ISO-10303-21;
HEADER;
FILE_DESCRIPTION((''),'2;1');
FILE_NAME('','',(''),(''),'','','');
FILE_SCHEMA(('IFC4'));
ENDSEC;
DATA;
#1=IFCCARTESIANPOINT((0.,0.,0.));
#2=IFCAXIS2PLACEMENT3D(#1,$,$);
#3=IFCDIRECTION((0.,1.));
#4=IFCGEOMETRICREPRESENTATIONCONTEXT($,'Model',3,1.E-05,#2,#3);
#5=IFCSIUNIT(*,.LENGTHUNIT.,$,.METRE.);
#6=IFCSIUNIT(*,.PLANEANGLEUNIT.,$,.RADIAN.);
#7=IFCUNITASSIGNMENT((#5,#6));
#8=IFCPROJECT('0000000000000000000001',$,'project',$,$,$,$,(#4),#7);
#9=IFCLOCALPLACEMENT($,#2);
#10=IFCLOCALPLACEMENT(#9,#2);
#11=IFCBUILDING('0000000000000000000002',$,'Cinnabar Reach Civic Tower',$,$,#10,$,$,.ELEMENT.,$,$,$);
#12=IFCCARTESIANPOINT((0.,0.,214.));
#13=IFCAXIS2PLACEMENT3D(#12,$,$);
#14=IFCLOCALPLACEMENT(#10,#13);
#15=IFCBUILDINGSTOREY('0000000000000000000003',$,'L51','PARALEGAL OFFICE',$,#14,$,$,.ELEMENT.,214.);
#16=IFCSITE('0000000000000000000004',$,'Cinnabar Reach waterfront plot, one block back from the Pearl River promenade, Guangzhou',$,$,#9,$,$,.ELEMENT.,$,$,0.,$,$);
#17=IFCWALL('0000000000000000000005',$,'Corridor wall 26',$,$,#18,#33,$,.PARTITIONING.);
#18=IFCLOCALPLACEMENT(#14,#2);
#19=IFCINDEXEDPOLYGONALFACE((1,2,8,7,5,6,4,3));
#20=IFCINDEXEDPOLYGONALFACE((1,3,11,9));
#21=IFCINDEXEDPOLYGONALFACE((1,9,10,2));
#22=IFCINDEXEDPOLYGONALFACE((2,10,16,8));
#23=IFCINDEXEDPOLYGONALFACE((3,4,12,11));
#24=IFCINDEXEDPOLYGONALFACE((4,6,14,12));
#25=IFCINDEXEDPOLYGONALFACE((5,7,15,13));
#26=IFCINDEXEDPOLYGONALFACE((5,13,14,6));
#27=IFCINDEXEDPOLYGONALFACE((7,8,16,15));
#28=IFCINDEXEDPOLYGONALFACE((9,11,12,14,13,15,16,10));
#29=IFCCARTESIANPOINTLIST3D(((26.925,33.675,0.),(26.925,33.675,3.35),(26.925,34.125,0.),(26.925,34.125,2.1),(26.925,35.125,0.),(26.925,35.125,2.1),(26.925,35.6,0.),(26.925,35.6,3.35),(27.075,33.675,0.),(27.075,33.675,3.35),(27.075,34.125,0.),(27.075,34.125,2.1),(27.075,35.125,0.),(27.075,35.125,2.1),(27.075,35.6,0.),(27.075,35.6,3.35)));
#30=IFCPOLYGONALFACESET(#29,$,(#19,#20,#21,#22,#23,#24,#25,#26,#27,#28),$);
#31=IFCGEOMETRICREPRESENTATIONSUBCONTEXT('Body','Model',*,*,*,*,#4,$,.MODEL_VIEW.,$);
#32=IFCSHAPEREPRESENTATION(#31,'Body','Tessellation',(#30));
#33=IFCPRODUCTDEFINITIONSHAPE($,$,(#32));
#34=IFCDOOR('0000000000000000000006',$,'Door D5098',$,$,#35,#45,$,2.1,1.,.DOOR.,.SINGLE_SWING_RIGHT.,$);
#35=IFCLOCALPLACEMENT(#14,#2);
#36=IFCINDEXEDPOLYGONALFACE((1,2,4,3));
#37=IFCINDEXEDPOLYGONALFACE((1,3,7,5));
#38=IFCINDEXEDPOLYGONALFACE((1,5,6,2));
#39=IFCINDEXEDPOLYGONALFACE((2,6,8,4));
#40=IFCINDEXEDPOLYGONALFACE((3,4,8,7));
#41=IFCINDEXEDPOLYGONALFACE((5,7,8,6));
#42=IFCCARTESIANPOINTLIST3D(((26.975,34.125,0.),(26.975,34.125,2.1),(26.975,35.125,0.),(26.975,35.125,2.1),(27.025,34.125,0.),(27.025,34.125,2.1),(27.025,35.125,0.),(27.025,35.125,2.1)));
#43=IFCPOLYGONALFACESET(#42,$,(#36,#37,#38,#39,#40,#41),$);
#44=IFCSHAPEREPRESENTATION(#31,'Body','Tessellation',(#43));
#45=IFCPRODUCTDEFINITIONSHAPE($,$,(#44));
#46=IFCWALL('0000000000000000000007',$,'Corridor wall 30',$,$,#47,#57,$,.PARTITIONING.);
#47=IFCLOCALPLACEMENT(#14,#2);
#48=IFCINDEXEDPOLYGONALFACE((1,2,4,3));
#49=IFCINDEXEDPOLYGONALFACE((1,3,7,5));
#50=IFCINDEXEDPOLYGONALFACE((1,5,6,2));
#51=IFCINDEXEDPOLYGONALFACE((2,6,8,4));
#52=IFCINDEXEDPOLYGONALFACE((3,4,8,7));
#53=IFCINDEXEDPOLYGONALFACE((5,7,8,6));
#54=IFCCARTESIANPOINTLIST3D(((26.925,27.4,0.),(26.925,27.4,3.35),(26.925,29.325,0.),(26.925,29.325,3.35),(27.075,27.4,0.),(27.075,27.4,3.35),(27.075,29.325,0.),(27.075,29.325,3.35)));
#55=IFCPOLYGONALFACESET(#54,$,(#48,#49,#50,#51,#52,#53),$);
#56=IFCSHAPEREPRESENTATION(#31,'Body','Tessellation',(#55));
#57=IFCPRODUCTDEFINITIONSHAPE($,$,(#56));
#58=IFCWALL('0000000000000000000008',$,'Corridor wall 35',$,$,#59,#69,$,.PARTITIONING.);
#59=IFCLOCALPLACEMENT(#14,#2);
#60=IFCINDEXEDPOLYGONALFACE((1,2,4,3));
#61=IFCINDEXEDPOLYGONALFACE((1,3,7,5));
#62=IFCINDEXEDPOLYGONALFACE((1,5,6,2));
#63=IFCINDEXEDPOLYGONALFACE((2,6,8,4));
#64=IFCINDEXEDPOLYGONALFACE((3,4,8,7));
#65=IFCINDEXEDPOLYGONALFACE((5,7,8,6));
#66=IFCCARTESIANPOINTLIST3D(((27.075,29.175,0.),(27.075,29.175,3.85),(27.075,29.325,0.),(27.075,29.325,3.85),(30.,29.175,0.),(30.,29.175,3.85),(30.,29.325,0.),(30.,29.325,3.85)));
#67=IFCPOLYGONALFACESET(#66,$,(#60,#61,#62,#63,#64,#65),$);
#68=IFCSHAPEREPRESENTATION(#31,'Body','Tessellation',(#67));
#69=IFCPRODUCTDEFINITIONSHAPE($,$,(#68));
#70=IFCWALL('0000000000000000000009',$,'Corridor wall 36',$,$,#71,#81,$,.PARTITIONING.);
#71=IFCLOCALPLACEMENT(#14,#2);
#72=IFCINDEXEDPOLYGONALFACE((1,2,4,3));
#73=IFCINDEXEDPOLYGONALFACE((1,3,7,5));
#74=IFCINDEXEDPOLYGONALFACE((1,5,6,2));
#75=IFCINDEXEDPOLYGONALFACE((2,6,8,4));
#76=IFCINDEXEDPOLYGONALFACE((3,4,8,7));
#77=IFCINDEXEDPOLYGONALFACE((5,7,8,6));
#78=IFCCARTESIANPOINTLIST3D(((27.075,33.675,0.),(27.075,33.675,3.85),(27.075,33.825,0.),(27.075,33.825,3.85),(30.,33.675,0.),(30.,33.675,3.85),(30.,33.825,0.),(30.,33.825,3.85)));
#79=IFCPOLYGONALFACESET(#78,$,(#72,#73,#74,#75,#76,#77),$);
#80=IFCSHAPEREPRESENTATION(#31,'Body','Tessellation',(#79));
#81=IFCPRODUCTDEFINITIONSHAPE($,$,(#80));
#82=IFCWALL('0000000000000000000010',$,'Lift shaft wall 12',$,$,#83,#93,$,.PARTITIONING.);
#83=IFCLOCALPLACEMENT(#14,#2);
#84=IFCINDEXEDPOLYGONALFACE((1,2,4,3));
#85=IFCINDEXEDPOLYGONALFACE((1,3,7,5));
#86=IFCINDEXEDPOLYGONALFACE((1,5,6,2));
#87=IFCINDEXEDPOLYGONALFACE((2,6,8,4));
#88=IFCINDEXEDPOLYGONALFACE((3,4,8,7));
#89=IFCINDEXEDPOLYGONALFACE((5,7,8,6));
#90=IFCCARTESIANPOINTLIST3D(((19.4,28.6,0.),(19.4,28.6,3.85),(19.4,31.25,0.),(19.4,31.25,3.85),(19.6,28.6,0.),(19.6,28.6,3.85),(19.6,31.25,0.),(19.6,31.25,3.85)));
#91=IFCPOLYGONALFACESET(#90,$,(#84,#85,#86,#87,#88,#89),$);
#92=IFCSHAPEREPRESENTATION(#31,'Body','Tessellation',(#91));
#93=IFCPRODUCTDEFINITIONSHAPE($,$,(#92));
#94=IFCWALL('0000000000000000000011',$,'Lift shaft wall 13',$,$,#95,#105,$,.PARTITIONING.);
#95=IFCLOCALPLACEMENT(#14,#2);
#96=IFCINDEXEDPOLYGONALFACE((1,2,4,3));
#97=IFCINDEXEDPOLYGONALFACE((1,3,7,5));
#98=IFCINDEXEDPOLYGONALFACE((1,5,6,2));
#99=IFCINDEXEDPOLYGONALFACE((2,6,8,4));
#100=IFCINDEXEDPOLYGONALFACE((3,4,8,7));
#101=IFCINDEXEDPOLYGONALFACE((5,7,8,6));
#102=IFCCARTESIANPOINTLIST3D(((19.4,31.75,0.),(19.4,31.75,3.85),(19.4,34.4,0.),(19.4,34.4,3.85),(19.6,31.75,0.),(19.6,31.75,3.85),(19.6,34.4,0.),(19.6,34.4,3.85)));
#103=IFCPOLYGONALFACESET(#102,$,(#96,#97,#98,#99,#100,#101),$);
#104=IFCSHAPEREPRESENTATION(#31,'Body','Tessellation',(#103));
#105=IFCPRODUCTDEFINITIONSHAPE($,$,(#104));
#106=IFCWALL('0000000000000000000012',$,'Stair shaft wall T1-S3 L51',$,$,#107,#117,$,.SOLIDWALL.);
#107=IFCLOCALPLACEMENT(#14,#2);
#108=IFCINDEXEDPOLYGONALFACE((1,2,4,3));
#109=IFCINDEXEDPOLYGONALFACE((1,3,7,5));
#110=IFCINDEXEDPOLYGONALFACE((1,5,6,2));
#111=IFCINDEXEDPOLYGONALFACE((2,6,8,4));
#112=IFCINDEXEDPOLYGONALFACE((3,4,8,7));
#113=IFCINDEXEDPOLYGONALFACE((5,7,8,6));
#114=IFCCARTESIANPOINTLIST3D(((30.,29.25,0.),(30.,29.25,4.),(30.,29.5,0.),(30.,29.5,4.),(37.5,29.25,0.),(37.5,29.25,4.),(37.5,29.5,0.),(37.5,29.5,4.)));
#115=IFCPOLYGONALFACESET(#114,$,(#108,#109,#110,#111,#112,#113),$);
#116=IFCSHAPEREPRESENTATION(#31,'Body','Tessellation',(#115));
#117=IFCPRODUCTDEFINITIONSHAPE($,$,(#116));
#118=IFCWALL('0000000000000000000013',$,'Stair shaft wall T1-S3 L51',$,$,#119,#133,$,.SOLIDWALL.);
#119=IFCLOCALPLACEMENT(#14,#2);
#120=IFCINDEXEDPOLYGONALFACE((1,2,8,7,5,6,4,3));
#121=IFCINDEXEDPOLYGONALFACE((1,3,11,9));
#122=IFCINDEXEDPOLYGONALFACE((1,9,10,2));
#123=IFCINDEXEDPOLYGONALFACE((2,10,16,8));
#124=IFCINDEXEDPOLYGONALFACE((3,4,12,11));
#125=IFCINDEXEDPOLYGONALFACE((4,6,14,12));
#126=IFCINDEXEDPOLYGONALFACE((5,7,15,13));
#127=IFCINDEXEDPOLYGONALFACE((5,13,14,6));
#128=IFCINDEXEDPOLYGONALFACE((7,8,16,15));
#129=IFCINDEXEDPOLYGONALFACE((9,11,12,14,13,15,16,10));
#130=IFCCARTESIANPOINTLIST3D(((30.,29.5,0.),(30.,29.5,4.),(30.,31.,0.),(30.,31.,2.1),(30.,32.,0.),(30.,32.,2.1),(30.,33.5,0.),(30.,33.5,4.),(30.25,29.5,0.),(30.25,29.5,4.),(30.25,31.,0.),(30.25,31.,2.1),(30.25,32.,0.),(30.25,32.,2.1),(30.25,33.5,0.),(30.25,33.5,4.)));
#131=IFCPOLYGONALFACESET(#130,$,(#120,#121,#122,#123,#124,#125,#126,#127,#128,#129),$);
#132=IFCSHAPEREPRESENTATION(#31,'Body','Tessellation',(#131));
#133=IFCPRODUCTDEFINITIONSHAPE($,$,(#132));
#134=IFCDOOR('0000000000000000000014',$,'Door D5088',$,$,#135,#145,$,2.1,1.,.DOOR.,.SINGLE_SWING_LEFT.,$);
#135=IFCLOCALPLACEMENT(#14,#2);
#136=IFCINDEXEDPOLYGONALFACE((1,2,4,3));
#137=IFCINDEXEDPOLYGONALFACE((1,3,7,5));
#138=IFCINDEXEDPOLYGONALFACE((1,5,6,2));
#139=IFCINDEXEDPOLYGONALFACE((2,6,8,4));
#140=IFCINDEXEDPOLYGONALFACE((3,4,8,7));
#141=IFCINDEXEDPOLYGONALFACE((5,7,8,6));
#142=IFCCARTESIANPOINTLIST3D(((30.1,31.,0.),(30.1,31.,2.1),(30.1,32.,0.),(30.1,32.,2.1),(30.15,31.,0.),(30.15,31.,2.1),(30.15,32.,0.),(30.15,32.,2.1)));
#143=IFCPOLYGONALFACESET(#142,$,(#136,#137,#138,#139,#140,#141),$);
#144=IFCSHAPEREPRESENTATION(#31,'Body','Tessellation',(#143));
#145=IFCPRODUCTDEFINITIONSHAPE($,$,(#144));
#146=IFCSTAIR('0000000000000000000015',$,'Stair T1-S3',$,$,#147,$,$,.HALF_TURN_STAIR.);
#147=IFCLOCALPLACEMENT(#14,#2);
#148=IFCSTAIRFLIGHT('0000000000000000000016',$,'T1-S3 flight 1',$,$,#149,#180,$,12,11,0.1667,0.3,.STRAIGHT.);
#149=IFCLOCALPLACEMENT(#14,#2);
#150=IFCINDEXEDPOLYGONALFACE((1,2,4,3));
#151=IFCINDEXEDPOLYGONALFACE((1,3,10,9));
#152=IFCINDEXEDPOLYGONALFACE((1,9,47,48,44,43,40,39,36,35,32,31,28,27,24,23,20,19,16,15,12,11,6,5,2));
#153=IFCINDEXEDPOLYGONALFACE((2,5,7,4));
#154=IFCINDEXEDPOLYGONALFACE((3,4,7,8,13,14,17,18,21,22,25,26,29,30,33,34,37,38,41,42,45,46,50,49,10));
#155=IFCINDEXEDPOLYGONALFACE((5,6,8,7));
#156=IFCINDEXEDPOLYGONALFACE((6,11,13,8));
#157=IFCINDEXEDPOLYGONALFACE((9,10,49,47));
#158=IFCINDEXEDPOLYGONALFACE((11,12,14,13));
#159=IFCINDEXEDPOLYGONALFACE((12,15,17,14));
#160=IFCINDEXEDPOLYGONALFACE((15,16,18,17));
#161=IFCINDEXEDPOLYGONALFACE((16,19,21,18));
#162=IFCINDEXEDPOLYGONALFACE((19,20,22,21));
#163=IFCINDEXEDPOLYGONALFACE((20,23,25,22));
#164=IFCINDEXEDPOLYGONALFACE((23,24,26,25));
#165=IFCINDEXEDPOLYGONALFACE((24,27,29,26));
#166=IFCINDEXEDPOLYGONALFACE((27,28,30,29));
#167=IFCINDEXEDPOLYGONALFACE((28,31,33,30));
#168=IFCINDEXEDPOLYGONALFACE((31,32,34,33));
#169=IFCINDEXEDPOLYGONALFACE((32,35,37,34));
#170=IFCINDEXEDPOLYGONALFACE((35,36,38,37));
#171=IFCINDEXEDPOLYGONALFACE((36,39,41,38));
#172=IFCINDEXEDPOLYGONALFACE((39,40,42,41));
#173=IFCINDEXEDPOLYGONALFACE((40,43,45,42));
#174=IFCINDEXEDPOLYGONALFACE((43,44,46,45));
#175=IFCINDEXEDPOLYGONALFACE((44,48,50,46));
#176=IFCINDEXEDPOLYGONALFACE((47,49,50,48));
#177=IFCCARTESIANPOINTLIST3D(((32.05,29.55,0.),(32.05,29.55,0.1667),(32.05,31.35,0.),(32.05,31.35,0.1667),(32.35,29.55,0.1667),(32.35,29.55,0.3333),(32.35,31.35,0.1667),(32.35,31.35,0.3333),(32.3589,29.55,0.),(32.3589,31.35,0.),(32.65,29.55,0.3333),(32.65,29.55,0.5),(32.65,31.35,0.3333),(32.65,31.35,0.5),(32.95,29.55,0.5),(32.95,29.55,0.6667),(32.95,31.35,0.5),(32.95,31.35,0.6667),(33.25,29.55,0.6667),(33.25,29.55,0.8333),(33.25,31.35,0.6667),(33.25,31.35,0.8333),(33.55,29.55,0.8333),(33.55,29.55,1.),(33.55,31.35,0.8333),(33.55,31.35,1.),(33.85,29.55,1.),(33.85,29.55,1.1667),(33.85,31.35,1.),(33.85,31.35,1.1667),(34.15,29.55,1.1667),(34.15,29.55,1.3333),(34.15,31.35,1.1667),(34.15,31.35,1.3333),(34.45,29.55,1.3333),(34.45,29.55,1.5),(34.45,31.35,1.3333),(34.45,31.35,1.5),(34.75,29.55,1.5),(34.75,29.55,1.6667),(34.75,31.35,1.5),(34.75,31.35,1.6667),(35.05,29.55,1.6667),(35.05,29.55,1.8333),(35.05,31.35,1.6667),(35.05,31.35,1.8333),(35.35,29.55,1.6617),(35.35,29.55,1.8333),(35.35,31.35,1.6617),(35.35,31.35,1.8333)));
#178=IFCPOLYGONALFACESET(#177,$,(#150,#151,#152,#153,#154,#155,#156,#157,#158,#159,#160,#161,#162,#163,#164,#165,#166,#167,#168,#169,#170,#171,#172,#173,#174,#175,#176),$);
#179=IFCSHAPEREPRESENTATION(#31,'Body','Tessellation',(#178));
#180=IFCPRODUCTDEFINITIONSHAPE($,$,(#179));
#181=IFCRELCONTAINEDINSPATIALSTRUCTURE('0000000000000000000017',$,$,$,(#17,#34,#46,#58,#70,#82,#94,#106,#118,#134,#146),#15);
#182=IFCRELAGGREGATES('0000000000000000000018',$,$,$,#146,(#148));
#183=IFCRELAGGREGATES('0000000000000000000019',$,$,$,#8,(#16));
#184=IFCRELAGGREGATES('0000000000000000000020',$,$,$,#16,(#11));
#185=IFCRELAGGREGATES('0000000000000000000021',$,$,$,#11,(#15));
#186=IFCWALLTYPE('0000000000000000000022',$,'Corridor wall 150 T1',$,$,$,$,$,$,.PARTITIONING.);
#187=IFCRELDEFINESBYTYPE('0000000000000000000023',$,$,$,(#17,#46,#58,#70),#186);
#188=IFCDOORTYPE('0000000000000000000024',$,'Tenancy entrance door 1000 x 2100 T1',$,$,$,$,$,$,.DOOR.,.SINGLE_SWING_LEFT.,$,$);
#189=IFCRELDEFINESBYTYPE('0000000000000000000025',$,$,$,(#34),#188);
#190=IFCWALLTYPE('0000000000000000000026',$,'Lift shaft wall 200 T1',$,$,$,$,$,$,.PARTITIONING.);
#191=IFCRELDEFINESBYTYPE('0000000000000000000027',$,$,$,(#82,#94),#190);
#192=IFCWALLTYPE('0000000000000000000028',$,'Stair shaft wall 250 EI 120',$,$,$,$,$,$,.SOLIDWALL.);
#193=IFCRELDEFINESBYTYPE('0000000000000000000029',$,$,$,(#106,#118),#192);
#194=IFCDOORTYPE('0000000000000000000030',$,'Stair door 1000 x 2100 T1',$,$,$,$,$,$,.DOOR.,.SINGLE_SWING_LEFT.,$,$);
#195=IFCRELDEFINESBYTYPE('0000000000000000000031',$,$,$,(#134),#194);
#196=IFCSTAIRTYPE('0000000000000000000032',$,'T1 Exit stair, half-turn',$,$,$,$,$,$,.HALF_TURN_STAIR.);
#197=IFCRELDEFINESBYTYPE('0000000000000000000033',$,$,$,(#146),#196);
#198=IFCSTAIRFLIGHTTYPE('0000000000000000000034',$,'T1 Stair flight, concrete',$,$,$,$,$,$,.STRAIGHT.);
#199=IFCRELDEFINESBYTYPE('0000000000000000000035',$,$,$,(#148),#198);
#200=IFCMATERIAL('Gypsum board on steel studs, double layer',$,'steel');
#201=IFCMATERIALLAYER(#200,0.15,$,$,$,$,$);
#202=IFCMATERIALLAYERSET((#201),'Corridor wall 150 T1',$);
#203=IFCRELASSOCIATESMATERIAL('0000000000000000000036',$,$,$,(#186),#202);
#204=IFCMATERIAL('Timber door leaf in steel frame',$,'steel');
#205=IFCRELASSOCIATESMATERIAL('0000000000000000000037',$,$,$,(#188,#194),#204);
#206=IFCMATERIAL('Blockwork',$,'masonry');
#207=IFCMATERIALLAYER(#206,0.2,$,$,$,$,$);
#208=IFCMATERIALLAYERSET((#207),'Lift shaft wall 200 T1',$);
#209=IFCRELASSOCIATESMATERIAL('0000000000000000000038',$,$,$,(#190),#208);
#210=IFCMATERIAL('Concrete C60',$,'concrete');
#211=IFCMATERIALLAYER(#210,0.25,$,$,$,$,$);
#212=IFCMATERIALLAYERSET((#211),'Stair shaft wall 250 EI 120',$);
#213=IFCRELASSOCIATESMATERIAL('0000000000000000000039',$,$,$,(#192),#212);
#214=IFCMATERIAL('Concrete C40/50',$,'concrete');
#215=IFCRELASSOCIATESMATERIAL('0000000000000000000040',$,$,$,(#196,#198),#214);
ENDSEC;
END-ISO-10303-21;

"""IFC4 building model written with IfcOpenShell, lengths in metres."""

from ifc_helpers import new_model, si_unit, direction, frame, frame_2d, origin, place, context, subcontext, project, spatial, polyline, rectangle, outline, extrude, material, layer, layer_set, type_object, element, fill, aggregate, save


model = new_model("IFC4")

# Units and contexts
model_context = context("Model", 3, precision=1e-05, world=origin(), true_north=direction((0.0, 1.0)))
body_context = subcontext(model_context, "Body", "Model", "MODEL_VIEW")
ifc_project = project(units=[si_unit("LENGTHUNIT", "METRE"), si_unit("PLANEANGLEUNIT", "RADIAN")], contexts=[model_context])

# Site, building, storey
site_placement = place(None, origin())
site = spatial("IfcSite", under=ifc_project, at=site_placement, Name="Cinnabar Reach waterfront plot, one block back from the Pearl River promenade, Guangzhou", CompositionType="ELEMENT", RefElevation=0.0)
building_placement = place(site_placement, origin())
building = spatial("IfcBuilding", under=site, at=building_placement, Name="Cinnabar Reach Civic Tower", CompositionType="ELEMENT")
storey_placement = place(building_placement, frame((0.0, 0.0, 214.0)))
storey = spatial("IfcBuildingStorey", under=building, at=storey_placement, Name="L51", Description="PARALEGAL OFFICE", CompositionType="ELEMENT", Elevation=214.0)

# Shared definitions
ifc_material_1 = material(Name="Concrete C60", Category="concrete")

# Shared definitions
ifc_material_2 = material(Name="Timber door leaf in steel frame", Category="steel")

# Wall, opening, door
ifc_material_3 = material(Name="Gypsum board on steel studs, double layer", Category="steel")
ifc_layer_1 = layer(ifc_material_3, 0.15)
ifc_layer_set_1 = layer_set([ifc_layer_1], Name="Corridor wall 150 T1")
wall_type_1 = type_object("IfcWallType", Name="Corridor wall 150 T1", PredefinedType="PARTITIONING", material=ifc_layer_set_1)
wall_1_placement = place(storey_placement, frame((27.0, 33.675, 0.0), z_axis=(0.0, 0.0, 1.0), x_axis=(0.0, 1.0, 0.0)))
wall_1 = element("IfcWall", 1, at=wall_1_placement, inside=storey, type_object=wall_type_1, Name="Corridor wall 26", PredefinedType="PARTITIONING", context=body_context, shape_type="SweptSolid", body=[
    extrude(rectangle(XDim=1.925, YDim=0.15, at=frame_2d((0.9625, 0.0))), origin(), (0.0, 0.0, 1.0), 3.35),
])
opening_1_placement = place(wall_1_placement, frame((0.45, 0.0, 0.0)))
opening_1 = element("IfcOpeningElement", 2, at=opening_1_placement, cuts=wall_1, PredefinedType="OPENING", context=body_context, shape_type="SweptSolid", body=[
    extrude(rectangle(XDim=1.0, YDim=2.1, at=frame_2d((0.5, 1.05))), frame((0.0, 0.085, 0.0), z_axis=(0.0, -1.0, 0.0), x_axis=(1.0, 0.0, 0.0)), (0.0, 0.0, 1.0), 0.17),
])
door_type_1 = type_object("IfcDoorType", Name="Tenancy entrance door 1000 x 2100 T1", OperationType="SINGLE_SWING_LEFT", PredefinedType="DOOR", material=ifc_material_2)
door_1_placement = place(opening_1_placement, frame((1.0, 0.0, 0.0), z_axis=(0.0, 0.0, 1.0), x_axis=(-1.0, 0.0, 0.0)))
door_1 = element("IfcDoor", 3, at=door_1_placement, inside=storey, type_object=door_type_1, Name="Door D5098", OperationType="SINGLE_SWING_RIGHT", OverallHeight=2.1, OverallWidth=1.0, PredefinedType="DOOR", context=body_context, shape_type="SweptSolid", body=[
    extrude(rectangle(XDim=1.0, YDim=2.1, at=frame_2d((0.5, 1.05))), frame((0.0, 0.025, 0.0), z_axis=(0.0, -1.0, 0.0), x_axis=(1.0, 0.0, 0.0)), (0.0, 0.0, 1.0), 0.05),
])
fill(opening_1, door_1)

# Walls
wall_2_placement = place(storey_placement, frame((27.0, 27.4, 0.0), z_axis=(0.0, 0.0, 1.0), x_axis=(0.0, 1.0, 0.0)))
element("IfcWall", 4, at=wall_2_placement, inside=storey, type_object=wall_type_1, Name="Corridor wall 30", PredefinedType="PARTITIONING", context=body_context, shape_type="SweptSolid", body=[
    extrude(rectangle(XDim=1.925, YDim=0.15, at=frame_2d((0.9625, 0.0))), origin(), (0.0, 0.0, 1.0), 3.35),
])
for number, where, z_axis, x_axis, name in (
    (5, (27.075, 29.25, 0.0), (0.0, 0.0, 1.0), (1.0, 0.0, 0.0), "Corridor wall 35"),
    (6, (27.075, 33.75, 0.0), (0.0, 0.0, 1.0), (1.0, 0.0, 0.0), "Corridor wall 36"),
):
    element("IfcWall", number, at=place(storey_placement, frame(where, z_axis=z_axis, x_axis=x_axis)), inside=storey, type_object=wall_type_1, Name=name, PredefinedType="PARTITIONING", context=body_context, shape_type="SweptSolid", body=[
        extrude(rectangle(XDim=2.925, YDim=0.15, at=frame_2d((1.4625, 0.0))), origin(), (0.0, 0.0, 1.0), 3.85),
    ])
ifc_material_4 = material(Name="Blockwork", Category="masonry")
ifc_layer_2 = layer(ifc_material_4, 0.2)
ifc_layer_set_2 = layer_set([ifc_layer_2], Name="Lift shaft wall 200 T1")
wall_type_2 = type_object("IfcWallType", Name="Lift shaft wall 200 T1", PredefinedType="PARTITIONING", material=ifc_layer_set_2)
for number, where, z_axis, x_axis, name in (
    (7, (19.5, 28.6, 0.0), (0.0, 0.0, 1.0), (0.0, 1.0, 0.0), "Lift shaft wall 12"),
    (8, (19.5, 31.75, 0.0), (0.0, 0.0, 1.0), (0.0, 1.0, 0.0), "Lift shaft wall 13"),
):
    element("IfcWall", number, at=place(storey_placement, frame(where, z_axis=z_axis, x_axis=x_axis)), inside=storey, type_object=wall_type_2, Name=name, PredefinedType="PARTITIONING", context=body_context, shape_type="SweptSolid", body=[
        extrude(rectangle(XDim=2.65, YDim=0.2, at=frame_2d((1.325, 0.0))), origin(), (0.0, 0.0, 1.0), 3.85),
    ])
ifc_layer_3 = layer(ifc_material_1, 0.25)
ifc_layer_set_3 = layer_set([ifc_layer_3], Name="Stair shaft wall 250 EI 120")
wall_type_3 = type_object("IfcWallType", Name="Stair shaft wall 250 EI 120", PredefinedType="SOLIDWALL", material=ifc_layer_set_3)
wall_3_placement = place(storey_placement, frame((30.0, 29.375, 0.0), z_axis=(0.0, 0.0, 1.0), x_axis=(1.0, 0.0, 0.0)))
element("IfcWall", 9, at=wall_3_placement, inside=storey, type_object=wall_type_3, Name="Stair shaft wall T1-S3 L51", PredefinedType="SOLIDWALL", context=body_context, shape_type="SweptSolid", body=[
    extrude(rectangle(XDim=7.5, YDim=0.25, at=frame_2d((3.75, 0.0))), origin(), (0.0, 0.0, 1.0), 4.0),
])

# Wall, opening, door
wall_4_placement = place(storey_placement, frame((30.125, 33.5, 0.0), z_axis=(0.0, 0.0, 1.0), x_axis=(0.0, -1.0, 0.0)))
wall_4 = element("IfcWall", 10, at=wall_4_placement, inside=storey, type_object=wall_type_3, Name="Stair shaft wall T1-S3 L51", PredefinedType="SOLIDWALL", context=body_context, shape_type="SweptSolid", body=[
    extrude(rectangle(XDim=4.0, YDim=0.25, at=frame_2d((2.0, 0.0))), origin(), (0.0, 0.0, 1.0), 4.0),
])
opening_2_placement = place(wall_4_placement, frame((1.5, 0.0, 0.0)))
opening_2 = element("IfcOpeningElement", 11, at=opening_2_placement, cuts=wall_4, PredefinedType="OPENING", context=body_context, shape_type="SweptSolid", body=[
    extrude(rectangle(XDim=1.0, YDim=2.1, at=frame_2d((0.5, 1.05))), frame((0.0, 0.135, 0.0), z_axis=(0.0, -1.0, 0.0), x_axis=(1.0, 0.0, 0.0)), (0.0, 0.0, 1.0), 0.27),
])
door_type_2 = type_object("IfcDoorType", Name="Stair door 1000 x 2100 T1", OperationType="SINGLE_SWING_LEFT", PredefinedType="DOOR", material=ifc_material_2)
door_2_placement = place(opening_2_placement, origin())
door_2 = element("IfcDoor", 12, at=door_2_placement, inside=storey, type_object=door_type_2, Name="Door D5088", OperationType="SINGLE_SWING_LEFT", OverallHeight=2.1, OverallWidth=1.0, PredefinedType="DOOR", context=body_context, shape_type="SweptSolid", body=[
    extrude(rectangle(XDim=1.0, YDim=2.1, at=frame_2d((0.5, 1.05))), frame((0.0, 0.025, 0.0), z_axis=(0.0, -1.0, 0.0), x_axis=(1.0, 0.0, 0.0)), (0.0, 0.0, 1.0), 0.05),
])
fill(opening_2, door_2)

# Stair, stair flight
ifc_material_5 = material(Name="Concrete C40/50", Category="concrete")
stair_type = type_object("IfcStairType", Name="T1 Exit stair, half-turn", PredefinedType="HALF_TURN_STAIR", material=ifc_material_5)
stair_placement = place(storey_placement, origin())
stair = element("IfcStair", 13, at=stair_placement, inside=storey, type_object=stair_type, Name="Stair T1-S3", PredefinedType="HALF_TURN_STAIR")
stair_flight_type = type_object("IfcStairFlightType", Name="T1 Stair flight, concrete", PredefinedType="STRAIGHT", material=ifc_material_5)
stair_flight_placement = place(storey_placement, frame((32.05, 30.45, 0.0), z_axis=(0.0, 0.0, 1.0), x_axis=(1.0, 0.0, 0.0)))
stair_flight = element("IfcStairFlight", 14, at=stair_flight_placement, type_object=stair_flight_type, Name="T1-S3 flight 1", NumberOfRisers=12, NumberOfTreads=11, PredefinedType="STRAIGHT", RiserHeight=0.1667, TreadLength=0.3, context=body_context, shape_type="SweptSolid", body=[
    extrude(outline(polyline([(0.0, 0.0), (0.0, 0.1667), (0.3, 0.1667), (0.3, 0.3333), (0.6, 0.3333), (0.6, 0.5), (0.9, 0.5), (0.9, 0.6667), (1.2, 0.6667), (1.2, 0.8333), (1.5, 0.8333), (1.5, 1.0), (1.8, 1.0), (1.8, 1.1667), (2.1, 1.1667), (2.1, 1.3333), (2.4, 1.3333), (2.4, 1.5), (2.7, 1.5), (2.7, 1.6667), (3.0, 1.6667), (3.0, 1.8333), (3.3, 1.8333), (3.3, 2.0), (3.3, 1.6617), (0.3089, 0.0), (0.0, 0.0)])), frame((0.0, 0.9, 0.0), z_axis=(0.0, -1.0, 0.0), x_axis=(1.0, 0.0, 0.0)), (0.0, 0.0, 1.0), 1.8),
])
aggregate(stair, [stair_flight])

save(model, "model.ifc")
